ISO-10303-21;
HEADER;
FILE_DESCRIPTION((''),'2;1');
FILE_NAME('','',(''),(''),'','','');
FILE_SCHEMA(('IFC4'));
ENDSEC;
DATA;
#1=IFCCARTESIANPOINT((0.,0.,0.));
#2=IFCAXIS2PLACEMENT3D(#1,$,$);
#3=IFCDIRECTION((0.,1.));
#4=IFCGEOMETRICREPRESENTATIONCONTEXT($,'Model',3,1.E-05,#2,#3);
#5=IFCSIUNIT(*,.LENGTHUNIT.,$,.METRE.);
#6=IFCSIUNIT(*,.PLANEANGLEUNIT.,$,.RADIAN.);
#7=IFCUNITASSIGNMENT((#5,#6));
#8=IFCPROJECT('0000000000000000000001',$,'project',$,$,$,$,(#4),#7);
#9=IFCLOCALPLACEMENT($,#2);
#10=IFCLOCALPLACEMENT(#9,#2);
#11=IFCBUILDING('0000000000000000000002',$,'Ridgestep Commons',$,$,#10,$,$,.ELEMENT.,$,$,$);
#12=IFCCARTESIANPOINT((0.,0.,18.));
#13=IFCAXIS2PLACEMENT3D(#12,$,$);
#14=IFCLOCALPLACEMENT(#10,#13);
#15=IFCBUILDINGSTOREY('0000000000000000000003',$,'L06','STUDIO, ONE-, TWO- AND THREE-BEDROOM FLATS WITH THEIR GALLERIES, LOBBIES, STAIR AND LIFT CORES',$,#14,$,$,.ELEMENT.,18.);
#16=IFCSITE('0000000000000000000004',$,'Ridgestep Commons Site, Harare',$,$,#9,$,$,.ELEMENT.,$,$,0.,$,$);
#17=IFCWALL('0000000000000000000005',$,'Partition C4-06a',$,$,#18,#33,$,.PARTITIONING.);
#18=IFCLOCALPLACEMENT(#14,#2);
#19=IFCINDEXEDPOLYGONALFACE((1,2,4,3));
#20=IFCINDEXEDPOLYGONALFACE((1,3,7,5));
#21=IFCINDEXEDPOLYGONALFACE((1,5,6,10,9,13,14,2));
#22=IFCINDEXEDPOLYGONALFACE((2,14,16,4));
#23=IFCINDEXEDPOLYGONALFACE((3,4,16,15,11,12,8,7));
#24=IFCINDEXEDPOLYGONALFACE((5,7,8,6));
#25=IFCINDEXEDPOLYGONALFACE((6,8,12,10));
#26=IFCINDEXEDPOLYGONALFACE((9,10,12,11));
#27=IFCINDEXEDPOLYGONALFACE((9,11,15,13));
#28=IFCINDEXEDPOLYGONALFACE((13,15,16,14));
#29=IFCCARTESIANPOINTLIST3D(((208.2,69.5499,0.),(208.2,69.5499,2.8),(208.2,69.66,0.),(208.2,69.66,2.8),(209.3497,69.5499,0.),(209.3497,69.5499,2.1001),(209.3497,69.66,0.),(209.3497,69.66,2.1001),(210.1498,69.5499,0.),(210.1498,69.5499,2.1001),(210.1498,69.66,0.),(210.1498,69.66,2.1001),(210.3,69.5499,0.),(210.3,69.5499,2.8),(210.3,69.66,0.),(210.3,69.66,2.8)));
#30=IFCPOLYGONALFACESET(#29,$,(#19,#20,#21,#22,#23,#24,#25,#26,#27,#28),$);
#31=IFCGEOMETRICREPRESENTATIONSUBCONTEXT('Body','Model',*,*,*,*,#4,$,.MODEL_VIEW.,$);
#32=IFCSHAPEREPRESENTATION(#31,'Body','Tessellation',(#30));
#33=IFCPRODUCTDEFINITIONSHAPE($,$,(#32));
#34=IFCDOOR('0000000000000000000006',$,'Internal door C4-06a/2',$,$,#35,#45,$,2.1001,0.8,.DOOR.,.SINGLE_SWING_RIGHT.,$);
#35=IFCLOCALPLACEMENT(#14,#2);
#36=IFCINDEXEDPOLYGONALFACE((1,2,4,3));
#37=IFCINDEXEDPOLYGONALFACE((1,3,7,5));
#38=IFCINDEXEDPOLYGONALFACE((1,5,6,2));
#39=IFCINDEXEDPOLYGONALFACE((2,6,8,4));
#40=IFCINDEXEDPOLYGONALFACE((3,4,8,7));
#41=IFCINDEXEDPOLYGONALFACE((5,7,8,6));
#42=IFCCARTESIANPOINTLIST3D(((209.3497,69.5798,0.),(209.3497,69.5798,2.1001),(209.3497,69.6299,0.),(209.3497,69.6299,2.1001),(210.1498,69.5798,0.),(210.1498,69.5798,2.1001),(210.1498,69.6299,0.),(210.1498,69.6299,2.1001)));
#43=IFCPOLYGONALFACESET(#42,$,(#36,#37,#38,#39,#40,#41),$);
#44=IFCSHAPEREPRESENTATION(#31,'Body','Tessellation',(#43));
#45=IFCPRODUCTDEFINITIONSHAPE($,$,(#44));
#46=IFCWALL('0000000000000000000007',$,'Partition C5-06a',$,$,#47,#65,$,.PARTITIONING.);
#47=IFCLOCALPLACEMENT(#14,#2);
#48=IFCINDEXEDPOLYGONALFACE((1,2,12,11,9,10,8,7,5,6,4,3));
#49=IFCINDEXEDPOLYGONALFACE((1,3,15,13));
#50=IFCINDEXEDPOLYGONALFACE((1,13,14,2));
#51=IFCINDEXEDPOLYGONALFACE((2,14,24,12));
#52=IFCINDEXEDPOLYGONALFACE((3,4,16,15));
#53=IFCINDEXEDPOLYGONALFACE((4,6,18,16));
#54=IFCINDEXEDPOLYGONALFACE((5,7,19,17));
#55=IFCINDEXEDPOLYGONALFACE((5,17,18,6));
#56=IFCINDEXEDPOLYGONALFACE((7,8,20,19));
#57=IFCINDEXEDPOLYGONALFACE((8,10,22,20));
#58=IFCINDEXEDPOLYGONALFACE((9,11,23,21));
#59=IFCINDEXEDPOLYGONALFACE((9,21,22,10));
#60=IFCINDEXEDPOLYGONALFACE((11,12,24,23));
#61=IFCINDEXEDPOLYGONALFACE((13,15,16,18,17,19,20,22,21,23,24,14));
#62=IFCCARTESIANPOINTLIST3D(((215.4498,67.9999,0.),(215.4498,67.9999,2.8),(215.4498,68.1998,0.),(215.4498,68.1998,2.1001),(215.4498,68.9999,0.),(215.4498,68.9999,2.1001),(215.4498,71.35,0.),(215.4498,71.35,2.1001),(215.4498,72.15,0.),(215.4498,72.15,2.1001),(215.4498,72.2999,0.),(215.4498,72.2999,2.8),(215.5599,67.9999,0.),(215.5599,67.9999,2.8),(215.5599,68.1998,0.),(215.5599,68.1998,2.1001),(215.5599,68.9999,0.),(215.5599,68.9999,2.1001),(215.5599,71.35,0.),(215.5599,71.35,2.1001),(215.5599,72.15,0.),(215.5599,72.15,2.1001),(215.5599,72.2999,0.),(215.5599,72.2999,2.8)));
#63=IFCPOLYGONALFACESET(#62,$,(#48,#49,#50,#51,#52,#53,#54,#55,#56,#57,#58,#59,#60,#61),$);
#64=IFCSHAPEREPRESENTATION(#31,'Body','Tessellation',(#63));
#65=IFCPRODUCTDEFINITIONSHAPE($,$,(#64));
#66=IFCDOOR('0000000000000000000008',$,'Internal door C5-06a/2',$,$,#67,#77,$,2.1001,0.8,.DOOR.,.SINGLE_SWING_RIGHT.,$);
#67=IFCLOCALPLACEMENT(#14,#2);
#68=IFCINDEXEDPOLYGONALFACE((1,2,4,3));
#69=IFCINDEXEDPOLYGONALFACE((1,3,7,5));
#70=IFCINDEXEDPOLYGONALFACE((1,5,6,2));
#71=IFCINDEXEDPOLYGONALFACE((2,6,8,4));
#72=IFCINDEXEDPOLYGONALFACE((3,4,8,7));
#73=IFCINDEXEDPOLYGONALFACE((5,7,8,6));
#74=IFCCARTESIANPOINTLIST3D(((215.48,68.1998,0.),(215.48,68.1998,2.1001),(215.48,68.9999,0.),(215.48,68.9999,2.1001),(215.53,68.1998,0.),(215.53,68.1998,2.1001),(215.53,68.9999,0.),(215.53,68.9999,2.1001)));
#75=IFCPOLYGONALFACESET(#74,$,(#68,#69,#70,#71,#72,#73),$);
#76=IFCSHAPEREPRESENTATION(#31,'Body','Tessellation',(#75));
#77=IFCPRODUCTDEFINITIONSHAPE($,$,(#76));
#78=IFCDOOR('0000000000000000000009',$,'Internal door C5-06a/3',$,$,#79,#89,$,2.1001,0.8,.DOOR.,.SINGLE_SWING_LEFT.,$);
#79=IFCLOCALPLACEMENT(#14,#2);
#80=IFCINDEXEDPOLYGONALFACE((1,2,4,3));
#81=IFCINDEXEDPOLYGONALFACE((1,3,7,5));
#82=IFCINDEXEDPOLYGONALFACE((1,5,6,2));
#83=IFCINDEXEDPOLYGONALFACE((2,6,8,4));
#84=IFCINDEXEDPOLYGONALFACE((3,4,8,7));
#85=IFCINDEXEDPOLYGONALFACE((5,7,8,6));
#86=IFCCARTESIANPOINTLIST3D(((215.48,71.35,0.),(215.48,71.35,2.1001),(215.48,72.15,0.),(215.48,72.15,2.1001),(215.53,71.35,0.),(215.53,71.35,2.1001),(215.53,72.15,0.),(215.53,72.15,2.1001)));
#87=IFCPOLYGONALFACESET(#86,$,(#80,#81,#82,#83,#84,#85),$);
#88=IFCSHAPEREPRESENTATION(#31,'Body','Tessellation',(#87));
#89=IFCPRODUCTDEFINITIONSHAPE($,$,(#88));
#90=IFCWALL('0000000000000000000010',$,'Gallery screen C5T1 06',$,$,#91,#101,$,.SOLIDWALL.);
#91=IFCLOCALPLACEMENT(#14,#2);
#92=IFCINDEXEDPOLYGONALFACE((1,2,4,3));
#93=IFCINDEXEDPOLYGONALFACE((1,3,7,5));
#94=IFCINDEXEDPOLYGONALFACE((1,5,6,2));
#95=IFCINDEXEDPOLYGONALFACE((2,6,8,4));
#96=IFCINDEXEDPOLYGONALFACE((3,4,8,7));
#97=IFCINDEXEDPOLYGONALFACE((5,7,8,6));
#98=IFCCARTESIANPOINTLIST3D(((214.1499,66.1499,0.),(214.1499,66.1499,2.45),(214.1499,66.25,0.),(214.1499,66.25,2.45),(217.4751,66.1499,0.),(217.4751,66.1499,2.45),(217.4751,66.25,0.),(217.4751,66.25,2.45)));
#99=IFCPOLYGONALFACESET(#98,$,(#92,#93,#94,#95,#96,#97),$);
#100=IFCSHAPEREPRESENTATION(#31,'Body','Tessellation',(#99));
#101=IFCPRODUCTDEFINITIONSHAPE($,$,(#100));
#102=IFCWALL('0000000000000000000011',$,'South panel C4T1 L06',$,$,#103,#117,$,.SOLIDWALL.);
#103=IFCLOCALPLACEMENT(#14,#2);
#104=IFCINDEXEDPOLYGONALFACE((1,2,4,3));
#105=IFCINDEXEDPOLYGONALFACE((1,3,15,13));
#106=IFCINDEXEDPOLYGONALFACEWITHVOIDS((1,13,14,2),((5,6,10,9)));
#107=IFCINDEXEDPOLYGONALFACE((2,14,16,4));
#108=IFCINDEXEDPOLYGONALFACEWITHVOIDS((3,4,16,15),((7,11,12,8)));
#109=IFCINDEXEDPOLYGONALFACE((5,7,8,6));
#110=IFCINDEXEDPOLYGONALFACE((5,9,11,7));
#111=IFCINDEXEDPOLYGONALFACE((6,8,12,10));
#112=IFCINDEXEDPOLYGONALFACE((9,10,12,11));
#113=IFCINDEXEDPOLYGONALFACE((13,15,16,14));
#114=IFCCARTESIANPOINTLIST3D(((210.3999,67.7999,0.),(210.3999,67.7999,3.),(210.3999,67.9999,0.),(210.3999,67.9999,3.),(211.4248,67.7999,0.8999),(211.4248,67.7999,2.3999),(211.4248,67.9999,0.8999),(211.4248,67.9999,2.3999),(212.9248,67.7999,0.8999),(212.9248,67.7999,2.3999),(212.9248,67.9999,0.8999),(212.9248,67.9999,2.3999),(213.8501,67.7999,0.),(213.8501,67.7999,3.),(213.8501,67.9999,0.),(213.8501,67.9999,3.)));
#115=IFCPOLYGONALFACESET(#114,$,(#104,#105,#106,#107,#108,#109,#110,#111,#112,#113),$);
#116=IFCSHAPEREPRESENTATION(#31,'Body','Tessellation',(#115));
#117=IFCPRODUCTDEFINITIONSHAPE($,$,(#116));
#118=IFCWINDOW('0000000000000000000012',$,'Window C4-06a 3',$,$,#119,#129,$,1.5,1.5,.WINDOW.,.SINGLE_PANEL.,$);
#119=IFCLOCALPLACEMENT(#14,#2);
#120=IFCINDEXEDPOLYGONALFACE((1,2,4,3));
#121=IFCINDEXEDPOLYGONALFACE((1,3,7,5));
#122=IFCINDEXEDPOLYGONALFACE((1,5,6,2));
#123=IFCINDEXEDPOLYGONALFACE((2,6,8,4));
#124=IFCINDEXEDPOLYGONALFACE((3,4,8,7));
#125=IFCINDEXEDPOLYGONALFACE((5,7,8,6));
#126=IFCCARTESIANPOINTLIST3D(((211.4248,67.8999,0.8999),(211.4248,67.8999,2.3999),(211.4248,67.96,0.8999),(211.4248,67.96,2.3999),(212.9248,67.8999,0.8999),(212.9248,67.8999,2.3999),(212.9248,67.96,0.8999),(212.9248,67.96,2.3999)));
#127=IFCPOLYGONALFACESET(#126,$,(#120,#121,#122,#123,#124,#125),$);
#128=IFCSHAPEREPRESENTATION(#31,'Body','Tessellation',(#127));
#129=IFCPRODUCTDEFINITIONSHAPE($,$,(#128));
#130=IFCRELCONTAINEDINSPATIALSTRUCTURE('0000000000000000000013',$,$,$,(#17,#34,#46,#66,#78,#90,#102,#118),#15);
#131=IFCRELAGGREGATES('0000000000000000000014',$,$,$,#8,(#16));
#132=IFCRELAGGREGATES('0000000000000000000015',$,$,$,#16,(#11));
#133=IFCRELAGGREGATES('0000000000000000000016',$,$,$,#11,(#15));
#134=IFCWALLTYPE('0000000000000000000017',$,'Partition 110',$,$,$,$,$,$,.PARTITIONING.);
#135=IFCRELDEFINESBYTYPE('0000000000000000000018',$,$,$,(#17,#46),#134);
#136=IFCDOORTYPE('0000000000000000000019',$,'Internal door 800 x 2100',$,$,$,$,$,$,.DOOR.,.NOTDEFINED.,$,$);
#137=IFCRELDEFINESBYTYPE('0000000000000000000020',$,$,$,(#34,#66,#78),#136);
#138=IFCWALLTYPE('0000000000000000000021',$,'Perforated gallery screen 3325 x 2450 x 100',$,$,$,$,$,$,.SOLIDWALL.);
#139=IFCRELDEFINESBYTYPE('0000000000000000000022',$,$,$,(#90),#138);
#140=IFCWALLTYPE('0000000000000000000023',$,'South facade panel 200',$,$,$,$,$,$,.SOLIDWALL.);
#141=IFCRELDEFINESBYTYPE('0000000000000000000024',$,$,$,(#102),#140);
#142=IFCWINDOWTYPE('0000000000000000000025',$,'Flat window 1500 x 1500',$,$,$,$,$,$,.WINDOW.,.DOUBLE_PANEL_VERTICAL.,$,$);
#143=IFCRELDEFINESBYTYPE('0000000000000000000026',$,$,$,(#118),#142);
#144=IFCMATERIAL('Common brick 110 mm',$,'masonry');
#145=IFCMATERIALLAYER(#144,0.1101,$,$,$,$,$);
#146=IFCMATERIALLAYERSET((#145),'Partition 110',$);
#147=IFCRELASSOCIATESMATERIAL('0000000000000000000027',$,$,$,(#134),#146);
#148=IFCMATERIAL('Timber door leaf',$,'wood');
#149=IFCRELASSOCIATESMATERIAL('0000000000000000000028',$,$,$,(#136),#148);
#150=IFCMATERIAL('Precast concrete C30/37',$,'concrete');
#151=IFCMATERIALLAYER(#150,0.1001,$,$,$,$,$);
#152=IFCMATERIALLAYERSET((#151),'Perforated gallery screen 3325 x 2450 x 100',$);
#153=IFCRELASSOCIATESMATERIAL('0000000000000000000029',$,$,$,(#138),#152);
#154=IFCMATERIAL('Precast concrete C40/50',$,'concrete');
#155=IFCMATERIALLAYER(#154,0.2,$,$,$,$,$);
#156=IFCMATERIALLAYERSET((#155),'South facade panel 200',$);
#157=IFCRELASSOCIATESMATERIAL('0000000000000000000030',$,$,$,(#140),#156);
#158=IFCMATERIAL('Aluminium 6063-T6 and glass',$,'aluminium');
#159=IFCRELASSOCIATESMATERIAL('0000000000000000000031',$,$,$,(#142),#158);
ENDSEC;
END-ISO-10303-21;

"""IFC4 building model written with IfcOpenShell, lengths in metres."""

from ifc_helpers import new_model, si_unit, direction, frame, frame_2d, origin, place, context, subcontext, project, spatial, rectangle, extrude, material, layer, layer_set, type_object, element, fill, save


model = new_model("IFC4")

# Units and contexts
model_context = context("Model", 3, precision=1e-05, world=origin(), true_north=direction((0.0, 1.0)))
body_context = subcontext(model_context, "Body", "Model", "MODEL_VIEW")
ifc_project = project(units=[si_unit("LENGTHUNIT", "METRE"), si_unit("PLANEANGLEUNIT", "RADIAN")], contexts=[model_context])

# Site, building, storey
site_placement = place(None, origin())
site = spatial("IfcSite", under=ifc_project, at=site_placement, Name="Ridgestep Commons Site, Harare", CompositionType="ELEMENT", RefElevation=0.0)
building_placement = place(site_placement, origin())
building = spatial("IfcBuilding", under=site, at=building_placement, Name="Ridgestep Commons", CompositionType="ELEMENT")
storey_placement = place(building_placement, frame((0.0, 0.0, 18.0)))
storey = spatial("IfcBuildingStorey", under=building, at=storey_placement, Name="L06", Description="STUDIO, ONE-, TWO- AND THREE-BEDROOM FLATS WITH THEIR GALLERIES, LOBBIES, STAIR AND LIFT CORES", CompositionType="ELEMENT", Elevation=18.0)

# Wall, opening, door
ifc_material_1 = material(Name="Common brick 110 mm", Category="masonry")
ifc_layer_1 = layer(ifc_material_1, 0.1101)
ifc_layer_set_1 = layer_set([ifc_layer_1], Name="Partition 110")
wall_type_1 = type_object("IfcWallType", Name="Partition 110", PredefinedType="PARTITIONING", material=ifc_layer_set_1)
wall_1_placement = place(storey_placement, frame((208.2, 69.605, 0.0), z_axis=(0.0, 0.0, 1.0), x_axis=(1.0, 0.0, 0.0)))
wall_1 = element("IfcWall", 1, at=wall_1_placement, inside=storey, type_object=wall_type_1, Name="Partition C4-06a", PredefinedType="PARTITIONING", context=body_context, shape_type="SweptSolid", body=[
    extrude(rectangle(XDim=2.1001, YDim=0.1101, at=frame_2d((1.05, 0.0))), origin(), (0.0, 0.0, 1.0), 2.8),
])
opening_1_placement = place(wall_1_placement, frame((1.1499, 0.0, 0.0)))
opening_1 = element("IfcOpeningElement", 2, at=opening_1_placement, cuts=wall_1, PredefinedType="OPENING", context=body_context, shape_type="SweptSolid", body=[
    extrude(rectangle(XDim=0.8, YDim=2.1001, at=frame_2d((0.3999, 1.05))), frame((0.0, 0.0649, 0.0), z_axis=(0.0, -1.0, 0.0), x_axis=(1.0, 0.0, 0.0)), (0.0, 0.0, 1.0), 0.1301),
])
ifc_material_2 = material(Name="Timber door leaf", Category="wood")
door_type_1 = type_object("IfcDoorType", Name="Internal door 800 x 2100", OperationType="NOTDEFINED", PredefinedType="DOOR", material=ifc_material_2)
door_1_placement = place(opening_1_placement, origin())
door_1 = element("IfcDoor", 3, at=door_1_placement, inside=storey, type_object=door_type_1, Name="Internal door C4-06a/2", OperationType="SINGLE_SWING_RIGHT", OverallHeight=2.1001, OverallWidth=0.8, PredefinedType="DOOR", context=body_context, shape_type="SweptSolid", body=[
    extrude(rectangle(XDim=0.8, YDim=2.1001, at=frame_2d((0.3999, 1.05))), frame((0.0, 0.0249, 0.0), z_axis=(0.0, -1.0, 0.0), x_axis=(1.0, 0.0, 0.0)), (0.0, 0.0, 1.0), 0.05),
])
fill(opening_1, door_1)

# Wall, openings, doors
wall_2_placement = place(storey_placement, frame((215.5049, 68.0, 0.0), z_axis=(0.0, 0.0, 1.0), x_axis=(0.0, 1.0, 0.0)))
wall_2 = element("IfcWall", 4, at=wall_2_placement, inside=storey, type_object=wall_type_1, Name="Partition C5-06a", PredefinedType="PARTITIONING", context=body_context, shape_type="SweptSolid", body=[
    extrude(rectangle(XDim=4.3, YDim=0.1101, at=frame_2d((2.1499, 0.0))), origin(), (0.0, 0.0, 1.0), 2.8),
])
opening_2_placement = place(wall_2_placement, frame((0.2, 0.0, 0.0)))
opening_2 = element("IfcOpeningElement", 5, at=opening_2_placement, cuts=wall_2, PredefinedType="OPENING", context=body_context, shape_type="SweptSolid", body=[
    extrude(rectangle(XDim=0.8, YDim=2.1001, at=frame_2d((0.3999, 1.05))), frame((0.0, 0.0649, 0.0), z_axis=(0.0, -1.0, 0.0), x_axis=(1.0, 0.0, 0.0)), (0.0, 0.0, 1.0), 0.1301),
])
opening_3_placement = place(wall_2_placement, frame((3.3501, 0.0, 0.0)))
opening_3 = element("IfcOpeningElement", 6, at=opening_3_placement, cuts=wall_2, PredefinedType="OPENING", context=body_context, shape_type="SweptSolid", body=[
    extrude(rectangle(XDim=0.8, YDim=2.1001, at=frame_2d((0.3999, 1.05))), frame((0.0, 0.0649, 0.0), z_axis=(0.0, -1.0, 0.0), x_axis=(1.0, 0.0, 0.0)), (0.0, 0.0, 1.0), 0.1301),
])
door_2_placement = place(opening_2_placement, origin())
door_2 = element("IfcDoor", 7, at=door_2_placement, inside=storey, type_object=door_type_1, Name="Internal door C5-06a/2", OperationType="SINGLE_SWING_RIGHT", OverallHeight=2.1001, OverallWidth=0.8, PredefinedType="DOOR", context=body_context, shape_type="SweptSolid", body=[
    extrude(rectangle(XDim=0.8, YDim=2.1001, at=frame_2d((0.3999, 1.05))), frame((0.0, 0.0249, 0.0), z_axis=(0.0, -1.0, 0.0), x_axis=(1.0, 0.0, 0.0)), (0.0, 0.0, 1.0), 0.05),
])
fill(opening_2, door_2)
door_3_placement = place(opening_3_placement, origin())
door_3 = element("IfcDoor", 8, at=door_3_placement, inside=storey, type_object=door_type_1, Name="Internal door C5-06a/3", OperationType="SINGLE_SWING_LEFT", OverallHeight=2.1001, OverallWidth=0.8, PredefinedType="DOOR", context=body_context, shape_type="SweptSolid", body=[
    extrude(rectangle(XDim=0.8, YDim=2.1001, at=frame_2d((0.3999, 1.05))), frame((0.0, 0.0249, 0.0), z_axis=(0.0, -1.0, 0.0), x_axis=(1.0, 0.0, 0.0)), (0.0, 0.0, 1.0), 0.05),
])
fill(opening_3, door_3)

# Wall
ifc_material_3 = material(Name="Precast concrete C30/37", Category="concrete")
ifc_layer_2 = layer(ifc_material_3, 0.1001)
ifc_layer_set_2 = layer_set([ifc_layer_2], Name="Perforated gallery screen 3325 x 2450 x 100")
wall_type_2 = type_object("IfcWallType", Name="Perforated gallery screen 3325 x 2450 x 100", PredefinedType="SOLIDWALL", material=ifc_layer_set_2)
wall_3_placement = place(storey_placement, frame((214.1499, 66.2, 0.0), z_axis=(0.0, 0.0, 1.0), x_axis=(1.0, 0.0, 0.0)))
element("IfcWall", 9, at=wall_3_placement, inside=storey, type_object=wall_type_2, Name="Gallery screen C5T1 06", PredefinedType="SOLIDWALL", context=body_context, shape_type="SweptSolid", body=[
    extrude(rectangle(XDim=3.3252, YDim=0.1001, at=frame_2d((1.6626, 0.0))), origin(), (0.0, 0.0, 1.0), 2.45),
])

# Wall, opening, window
ifc_material_4 = material(Name="Precast concrete C40/50", Category="concrete")
ifc_layer_3 = layer(ifc_material_4, 0.2)
ifc_layer_set_3 = layer_set([ifc_layer_3], Name="South facade panel 200")
wall_type_3 = type_object("IfcWallType", Name="South facade panel 200", PredefinedType="SOLIDWALL", material=ifc_layer_set_3)
wall_4_placement = place(storey_placement, frame((210.3999, 67.8999, 0.0), z_axis=(0.0, 0.0, 1.0), x_axis=(1.0, 0.0, 0.0)))
wall_4 = element("IfcWall", 10, at=wall_4_placement, inside=storey, type_object=wall_type_3, Name="South panel C4T1 L06", PredefinedType="SOLIDWALL", context=body_context, shape_type="SweptSolid", body=[
    extrude(rectangle(XDim=3.4502, YDim=0.2, at=frame_2d((1.7251, 0.0))), origin(), (0.0, 0.0, 1.0), 3.0),
])
opening_4_placement = place(wall_4_placement, frame((1.0249, 0.0, 0.8999)))
opening_4 = element("IfcOpeningElement", 11, at=opening_4_placement, cuts=wall_4, PredefinedType="OPENING", context=body_context, shape_type="SweptSolid", body=[
    extrude(rectangle(XDim=1.5, YDim=1.5, at=frame_2d((0.75, 0.75))), frame((0.0, 0.1099, 0.0), z_axis=(0.0, -1.0, 0.0), x_axis=(1.0, 0.0, 0.0)), (0.0, 0.0, 1.0), 0.22),
])
ifc_material_5 = material(Name="Aluminium 6063-T6 and glass", Category="aluminium")
window_type_1 = type_object("IfcWindowType", Name="Flat window 1500 x 1500", PartitioningType="DOUBLE_PANEL_VERTICAL", PredefinedType="WINDOW", material=ifc_material_5)
window_1_placement = place(opening_4_placement, origin())
window_1 = element("IfcWindow", 12, at=window_1_placement, inside=storey, type_object=window_type_1, Name="Window C4-06a 3", OverallHeight=1.5, OverallWidth=1.5, PartitioningType="SINGLE_PANEL", PredefinedType="WINDOW", context=body_context, shape_type="SweptSolid", body=[
    extrude(rectangle(XDim=1.5, YDim=1.5, at=frame_2d((0.75, 0.75))), frame((0.0, 0.0601, 0.0), z_axis=(0.0, -1.0, 0.0), x_axis=(1.0, 0.0, 0.0)), (0.0, 0.0, 1.0), 0.0601),
])
fill(opening_4, window_1)

save(model, "model.ifc")
